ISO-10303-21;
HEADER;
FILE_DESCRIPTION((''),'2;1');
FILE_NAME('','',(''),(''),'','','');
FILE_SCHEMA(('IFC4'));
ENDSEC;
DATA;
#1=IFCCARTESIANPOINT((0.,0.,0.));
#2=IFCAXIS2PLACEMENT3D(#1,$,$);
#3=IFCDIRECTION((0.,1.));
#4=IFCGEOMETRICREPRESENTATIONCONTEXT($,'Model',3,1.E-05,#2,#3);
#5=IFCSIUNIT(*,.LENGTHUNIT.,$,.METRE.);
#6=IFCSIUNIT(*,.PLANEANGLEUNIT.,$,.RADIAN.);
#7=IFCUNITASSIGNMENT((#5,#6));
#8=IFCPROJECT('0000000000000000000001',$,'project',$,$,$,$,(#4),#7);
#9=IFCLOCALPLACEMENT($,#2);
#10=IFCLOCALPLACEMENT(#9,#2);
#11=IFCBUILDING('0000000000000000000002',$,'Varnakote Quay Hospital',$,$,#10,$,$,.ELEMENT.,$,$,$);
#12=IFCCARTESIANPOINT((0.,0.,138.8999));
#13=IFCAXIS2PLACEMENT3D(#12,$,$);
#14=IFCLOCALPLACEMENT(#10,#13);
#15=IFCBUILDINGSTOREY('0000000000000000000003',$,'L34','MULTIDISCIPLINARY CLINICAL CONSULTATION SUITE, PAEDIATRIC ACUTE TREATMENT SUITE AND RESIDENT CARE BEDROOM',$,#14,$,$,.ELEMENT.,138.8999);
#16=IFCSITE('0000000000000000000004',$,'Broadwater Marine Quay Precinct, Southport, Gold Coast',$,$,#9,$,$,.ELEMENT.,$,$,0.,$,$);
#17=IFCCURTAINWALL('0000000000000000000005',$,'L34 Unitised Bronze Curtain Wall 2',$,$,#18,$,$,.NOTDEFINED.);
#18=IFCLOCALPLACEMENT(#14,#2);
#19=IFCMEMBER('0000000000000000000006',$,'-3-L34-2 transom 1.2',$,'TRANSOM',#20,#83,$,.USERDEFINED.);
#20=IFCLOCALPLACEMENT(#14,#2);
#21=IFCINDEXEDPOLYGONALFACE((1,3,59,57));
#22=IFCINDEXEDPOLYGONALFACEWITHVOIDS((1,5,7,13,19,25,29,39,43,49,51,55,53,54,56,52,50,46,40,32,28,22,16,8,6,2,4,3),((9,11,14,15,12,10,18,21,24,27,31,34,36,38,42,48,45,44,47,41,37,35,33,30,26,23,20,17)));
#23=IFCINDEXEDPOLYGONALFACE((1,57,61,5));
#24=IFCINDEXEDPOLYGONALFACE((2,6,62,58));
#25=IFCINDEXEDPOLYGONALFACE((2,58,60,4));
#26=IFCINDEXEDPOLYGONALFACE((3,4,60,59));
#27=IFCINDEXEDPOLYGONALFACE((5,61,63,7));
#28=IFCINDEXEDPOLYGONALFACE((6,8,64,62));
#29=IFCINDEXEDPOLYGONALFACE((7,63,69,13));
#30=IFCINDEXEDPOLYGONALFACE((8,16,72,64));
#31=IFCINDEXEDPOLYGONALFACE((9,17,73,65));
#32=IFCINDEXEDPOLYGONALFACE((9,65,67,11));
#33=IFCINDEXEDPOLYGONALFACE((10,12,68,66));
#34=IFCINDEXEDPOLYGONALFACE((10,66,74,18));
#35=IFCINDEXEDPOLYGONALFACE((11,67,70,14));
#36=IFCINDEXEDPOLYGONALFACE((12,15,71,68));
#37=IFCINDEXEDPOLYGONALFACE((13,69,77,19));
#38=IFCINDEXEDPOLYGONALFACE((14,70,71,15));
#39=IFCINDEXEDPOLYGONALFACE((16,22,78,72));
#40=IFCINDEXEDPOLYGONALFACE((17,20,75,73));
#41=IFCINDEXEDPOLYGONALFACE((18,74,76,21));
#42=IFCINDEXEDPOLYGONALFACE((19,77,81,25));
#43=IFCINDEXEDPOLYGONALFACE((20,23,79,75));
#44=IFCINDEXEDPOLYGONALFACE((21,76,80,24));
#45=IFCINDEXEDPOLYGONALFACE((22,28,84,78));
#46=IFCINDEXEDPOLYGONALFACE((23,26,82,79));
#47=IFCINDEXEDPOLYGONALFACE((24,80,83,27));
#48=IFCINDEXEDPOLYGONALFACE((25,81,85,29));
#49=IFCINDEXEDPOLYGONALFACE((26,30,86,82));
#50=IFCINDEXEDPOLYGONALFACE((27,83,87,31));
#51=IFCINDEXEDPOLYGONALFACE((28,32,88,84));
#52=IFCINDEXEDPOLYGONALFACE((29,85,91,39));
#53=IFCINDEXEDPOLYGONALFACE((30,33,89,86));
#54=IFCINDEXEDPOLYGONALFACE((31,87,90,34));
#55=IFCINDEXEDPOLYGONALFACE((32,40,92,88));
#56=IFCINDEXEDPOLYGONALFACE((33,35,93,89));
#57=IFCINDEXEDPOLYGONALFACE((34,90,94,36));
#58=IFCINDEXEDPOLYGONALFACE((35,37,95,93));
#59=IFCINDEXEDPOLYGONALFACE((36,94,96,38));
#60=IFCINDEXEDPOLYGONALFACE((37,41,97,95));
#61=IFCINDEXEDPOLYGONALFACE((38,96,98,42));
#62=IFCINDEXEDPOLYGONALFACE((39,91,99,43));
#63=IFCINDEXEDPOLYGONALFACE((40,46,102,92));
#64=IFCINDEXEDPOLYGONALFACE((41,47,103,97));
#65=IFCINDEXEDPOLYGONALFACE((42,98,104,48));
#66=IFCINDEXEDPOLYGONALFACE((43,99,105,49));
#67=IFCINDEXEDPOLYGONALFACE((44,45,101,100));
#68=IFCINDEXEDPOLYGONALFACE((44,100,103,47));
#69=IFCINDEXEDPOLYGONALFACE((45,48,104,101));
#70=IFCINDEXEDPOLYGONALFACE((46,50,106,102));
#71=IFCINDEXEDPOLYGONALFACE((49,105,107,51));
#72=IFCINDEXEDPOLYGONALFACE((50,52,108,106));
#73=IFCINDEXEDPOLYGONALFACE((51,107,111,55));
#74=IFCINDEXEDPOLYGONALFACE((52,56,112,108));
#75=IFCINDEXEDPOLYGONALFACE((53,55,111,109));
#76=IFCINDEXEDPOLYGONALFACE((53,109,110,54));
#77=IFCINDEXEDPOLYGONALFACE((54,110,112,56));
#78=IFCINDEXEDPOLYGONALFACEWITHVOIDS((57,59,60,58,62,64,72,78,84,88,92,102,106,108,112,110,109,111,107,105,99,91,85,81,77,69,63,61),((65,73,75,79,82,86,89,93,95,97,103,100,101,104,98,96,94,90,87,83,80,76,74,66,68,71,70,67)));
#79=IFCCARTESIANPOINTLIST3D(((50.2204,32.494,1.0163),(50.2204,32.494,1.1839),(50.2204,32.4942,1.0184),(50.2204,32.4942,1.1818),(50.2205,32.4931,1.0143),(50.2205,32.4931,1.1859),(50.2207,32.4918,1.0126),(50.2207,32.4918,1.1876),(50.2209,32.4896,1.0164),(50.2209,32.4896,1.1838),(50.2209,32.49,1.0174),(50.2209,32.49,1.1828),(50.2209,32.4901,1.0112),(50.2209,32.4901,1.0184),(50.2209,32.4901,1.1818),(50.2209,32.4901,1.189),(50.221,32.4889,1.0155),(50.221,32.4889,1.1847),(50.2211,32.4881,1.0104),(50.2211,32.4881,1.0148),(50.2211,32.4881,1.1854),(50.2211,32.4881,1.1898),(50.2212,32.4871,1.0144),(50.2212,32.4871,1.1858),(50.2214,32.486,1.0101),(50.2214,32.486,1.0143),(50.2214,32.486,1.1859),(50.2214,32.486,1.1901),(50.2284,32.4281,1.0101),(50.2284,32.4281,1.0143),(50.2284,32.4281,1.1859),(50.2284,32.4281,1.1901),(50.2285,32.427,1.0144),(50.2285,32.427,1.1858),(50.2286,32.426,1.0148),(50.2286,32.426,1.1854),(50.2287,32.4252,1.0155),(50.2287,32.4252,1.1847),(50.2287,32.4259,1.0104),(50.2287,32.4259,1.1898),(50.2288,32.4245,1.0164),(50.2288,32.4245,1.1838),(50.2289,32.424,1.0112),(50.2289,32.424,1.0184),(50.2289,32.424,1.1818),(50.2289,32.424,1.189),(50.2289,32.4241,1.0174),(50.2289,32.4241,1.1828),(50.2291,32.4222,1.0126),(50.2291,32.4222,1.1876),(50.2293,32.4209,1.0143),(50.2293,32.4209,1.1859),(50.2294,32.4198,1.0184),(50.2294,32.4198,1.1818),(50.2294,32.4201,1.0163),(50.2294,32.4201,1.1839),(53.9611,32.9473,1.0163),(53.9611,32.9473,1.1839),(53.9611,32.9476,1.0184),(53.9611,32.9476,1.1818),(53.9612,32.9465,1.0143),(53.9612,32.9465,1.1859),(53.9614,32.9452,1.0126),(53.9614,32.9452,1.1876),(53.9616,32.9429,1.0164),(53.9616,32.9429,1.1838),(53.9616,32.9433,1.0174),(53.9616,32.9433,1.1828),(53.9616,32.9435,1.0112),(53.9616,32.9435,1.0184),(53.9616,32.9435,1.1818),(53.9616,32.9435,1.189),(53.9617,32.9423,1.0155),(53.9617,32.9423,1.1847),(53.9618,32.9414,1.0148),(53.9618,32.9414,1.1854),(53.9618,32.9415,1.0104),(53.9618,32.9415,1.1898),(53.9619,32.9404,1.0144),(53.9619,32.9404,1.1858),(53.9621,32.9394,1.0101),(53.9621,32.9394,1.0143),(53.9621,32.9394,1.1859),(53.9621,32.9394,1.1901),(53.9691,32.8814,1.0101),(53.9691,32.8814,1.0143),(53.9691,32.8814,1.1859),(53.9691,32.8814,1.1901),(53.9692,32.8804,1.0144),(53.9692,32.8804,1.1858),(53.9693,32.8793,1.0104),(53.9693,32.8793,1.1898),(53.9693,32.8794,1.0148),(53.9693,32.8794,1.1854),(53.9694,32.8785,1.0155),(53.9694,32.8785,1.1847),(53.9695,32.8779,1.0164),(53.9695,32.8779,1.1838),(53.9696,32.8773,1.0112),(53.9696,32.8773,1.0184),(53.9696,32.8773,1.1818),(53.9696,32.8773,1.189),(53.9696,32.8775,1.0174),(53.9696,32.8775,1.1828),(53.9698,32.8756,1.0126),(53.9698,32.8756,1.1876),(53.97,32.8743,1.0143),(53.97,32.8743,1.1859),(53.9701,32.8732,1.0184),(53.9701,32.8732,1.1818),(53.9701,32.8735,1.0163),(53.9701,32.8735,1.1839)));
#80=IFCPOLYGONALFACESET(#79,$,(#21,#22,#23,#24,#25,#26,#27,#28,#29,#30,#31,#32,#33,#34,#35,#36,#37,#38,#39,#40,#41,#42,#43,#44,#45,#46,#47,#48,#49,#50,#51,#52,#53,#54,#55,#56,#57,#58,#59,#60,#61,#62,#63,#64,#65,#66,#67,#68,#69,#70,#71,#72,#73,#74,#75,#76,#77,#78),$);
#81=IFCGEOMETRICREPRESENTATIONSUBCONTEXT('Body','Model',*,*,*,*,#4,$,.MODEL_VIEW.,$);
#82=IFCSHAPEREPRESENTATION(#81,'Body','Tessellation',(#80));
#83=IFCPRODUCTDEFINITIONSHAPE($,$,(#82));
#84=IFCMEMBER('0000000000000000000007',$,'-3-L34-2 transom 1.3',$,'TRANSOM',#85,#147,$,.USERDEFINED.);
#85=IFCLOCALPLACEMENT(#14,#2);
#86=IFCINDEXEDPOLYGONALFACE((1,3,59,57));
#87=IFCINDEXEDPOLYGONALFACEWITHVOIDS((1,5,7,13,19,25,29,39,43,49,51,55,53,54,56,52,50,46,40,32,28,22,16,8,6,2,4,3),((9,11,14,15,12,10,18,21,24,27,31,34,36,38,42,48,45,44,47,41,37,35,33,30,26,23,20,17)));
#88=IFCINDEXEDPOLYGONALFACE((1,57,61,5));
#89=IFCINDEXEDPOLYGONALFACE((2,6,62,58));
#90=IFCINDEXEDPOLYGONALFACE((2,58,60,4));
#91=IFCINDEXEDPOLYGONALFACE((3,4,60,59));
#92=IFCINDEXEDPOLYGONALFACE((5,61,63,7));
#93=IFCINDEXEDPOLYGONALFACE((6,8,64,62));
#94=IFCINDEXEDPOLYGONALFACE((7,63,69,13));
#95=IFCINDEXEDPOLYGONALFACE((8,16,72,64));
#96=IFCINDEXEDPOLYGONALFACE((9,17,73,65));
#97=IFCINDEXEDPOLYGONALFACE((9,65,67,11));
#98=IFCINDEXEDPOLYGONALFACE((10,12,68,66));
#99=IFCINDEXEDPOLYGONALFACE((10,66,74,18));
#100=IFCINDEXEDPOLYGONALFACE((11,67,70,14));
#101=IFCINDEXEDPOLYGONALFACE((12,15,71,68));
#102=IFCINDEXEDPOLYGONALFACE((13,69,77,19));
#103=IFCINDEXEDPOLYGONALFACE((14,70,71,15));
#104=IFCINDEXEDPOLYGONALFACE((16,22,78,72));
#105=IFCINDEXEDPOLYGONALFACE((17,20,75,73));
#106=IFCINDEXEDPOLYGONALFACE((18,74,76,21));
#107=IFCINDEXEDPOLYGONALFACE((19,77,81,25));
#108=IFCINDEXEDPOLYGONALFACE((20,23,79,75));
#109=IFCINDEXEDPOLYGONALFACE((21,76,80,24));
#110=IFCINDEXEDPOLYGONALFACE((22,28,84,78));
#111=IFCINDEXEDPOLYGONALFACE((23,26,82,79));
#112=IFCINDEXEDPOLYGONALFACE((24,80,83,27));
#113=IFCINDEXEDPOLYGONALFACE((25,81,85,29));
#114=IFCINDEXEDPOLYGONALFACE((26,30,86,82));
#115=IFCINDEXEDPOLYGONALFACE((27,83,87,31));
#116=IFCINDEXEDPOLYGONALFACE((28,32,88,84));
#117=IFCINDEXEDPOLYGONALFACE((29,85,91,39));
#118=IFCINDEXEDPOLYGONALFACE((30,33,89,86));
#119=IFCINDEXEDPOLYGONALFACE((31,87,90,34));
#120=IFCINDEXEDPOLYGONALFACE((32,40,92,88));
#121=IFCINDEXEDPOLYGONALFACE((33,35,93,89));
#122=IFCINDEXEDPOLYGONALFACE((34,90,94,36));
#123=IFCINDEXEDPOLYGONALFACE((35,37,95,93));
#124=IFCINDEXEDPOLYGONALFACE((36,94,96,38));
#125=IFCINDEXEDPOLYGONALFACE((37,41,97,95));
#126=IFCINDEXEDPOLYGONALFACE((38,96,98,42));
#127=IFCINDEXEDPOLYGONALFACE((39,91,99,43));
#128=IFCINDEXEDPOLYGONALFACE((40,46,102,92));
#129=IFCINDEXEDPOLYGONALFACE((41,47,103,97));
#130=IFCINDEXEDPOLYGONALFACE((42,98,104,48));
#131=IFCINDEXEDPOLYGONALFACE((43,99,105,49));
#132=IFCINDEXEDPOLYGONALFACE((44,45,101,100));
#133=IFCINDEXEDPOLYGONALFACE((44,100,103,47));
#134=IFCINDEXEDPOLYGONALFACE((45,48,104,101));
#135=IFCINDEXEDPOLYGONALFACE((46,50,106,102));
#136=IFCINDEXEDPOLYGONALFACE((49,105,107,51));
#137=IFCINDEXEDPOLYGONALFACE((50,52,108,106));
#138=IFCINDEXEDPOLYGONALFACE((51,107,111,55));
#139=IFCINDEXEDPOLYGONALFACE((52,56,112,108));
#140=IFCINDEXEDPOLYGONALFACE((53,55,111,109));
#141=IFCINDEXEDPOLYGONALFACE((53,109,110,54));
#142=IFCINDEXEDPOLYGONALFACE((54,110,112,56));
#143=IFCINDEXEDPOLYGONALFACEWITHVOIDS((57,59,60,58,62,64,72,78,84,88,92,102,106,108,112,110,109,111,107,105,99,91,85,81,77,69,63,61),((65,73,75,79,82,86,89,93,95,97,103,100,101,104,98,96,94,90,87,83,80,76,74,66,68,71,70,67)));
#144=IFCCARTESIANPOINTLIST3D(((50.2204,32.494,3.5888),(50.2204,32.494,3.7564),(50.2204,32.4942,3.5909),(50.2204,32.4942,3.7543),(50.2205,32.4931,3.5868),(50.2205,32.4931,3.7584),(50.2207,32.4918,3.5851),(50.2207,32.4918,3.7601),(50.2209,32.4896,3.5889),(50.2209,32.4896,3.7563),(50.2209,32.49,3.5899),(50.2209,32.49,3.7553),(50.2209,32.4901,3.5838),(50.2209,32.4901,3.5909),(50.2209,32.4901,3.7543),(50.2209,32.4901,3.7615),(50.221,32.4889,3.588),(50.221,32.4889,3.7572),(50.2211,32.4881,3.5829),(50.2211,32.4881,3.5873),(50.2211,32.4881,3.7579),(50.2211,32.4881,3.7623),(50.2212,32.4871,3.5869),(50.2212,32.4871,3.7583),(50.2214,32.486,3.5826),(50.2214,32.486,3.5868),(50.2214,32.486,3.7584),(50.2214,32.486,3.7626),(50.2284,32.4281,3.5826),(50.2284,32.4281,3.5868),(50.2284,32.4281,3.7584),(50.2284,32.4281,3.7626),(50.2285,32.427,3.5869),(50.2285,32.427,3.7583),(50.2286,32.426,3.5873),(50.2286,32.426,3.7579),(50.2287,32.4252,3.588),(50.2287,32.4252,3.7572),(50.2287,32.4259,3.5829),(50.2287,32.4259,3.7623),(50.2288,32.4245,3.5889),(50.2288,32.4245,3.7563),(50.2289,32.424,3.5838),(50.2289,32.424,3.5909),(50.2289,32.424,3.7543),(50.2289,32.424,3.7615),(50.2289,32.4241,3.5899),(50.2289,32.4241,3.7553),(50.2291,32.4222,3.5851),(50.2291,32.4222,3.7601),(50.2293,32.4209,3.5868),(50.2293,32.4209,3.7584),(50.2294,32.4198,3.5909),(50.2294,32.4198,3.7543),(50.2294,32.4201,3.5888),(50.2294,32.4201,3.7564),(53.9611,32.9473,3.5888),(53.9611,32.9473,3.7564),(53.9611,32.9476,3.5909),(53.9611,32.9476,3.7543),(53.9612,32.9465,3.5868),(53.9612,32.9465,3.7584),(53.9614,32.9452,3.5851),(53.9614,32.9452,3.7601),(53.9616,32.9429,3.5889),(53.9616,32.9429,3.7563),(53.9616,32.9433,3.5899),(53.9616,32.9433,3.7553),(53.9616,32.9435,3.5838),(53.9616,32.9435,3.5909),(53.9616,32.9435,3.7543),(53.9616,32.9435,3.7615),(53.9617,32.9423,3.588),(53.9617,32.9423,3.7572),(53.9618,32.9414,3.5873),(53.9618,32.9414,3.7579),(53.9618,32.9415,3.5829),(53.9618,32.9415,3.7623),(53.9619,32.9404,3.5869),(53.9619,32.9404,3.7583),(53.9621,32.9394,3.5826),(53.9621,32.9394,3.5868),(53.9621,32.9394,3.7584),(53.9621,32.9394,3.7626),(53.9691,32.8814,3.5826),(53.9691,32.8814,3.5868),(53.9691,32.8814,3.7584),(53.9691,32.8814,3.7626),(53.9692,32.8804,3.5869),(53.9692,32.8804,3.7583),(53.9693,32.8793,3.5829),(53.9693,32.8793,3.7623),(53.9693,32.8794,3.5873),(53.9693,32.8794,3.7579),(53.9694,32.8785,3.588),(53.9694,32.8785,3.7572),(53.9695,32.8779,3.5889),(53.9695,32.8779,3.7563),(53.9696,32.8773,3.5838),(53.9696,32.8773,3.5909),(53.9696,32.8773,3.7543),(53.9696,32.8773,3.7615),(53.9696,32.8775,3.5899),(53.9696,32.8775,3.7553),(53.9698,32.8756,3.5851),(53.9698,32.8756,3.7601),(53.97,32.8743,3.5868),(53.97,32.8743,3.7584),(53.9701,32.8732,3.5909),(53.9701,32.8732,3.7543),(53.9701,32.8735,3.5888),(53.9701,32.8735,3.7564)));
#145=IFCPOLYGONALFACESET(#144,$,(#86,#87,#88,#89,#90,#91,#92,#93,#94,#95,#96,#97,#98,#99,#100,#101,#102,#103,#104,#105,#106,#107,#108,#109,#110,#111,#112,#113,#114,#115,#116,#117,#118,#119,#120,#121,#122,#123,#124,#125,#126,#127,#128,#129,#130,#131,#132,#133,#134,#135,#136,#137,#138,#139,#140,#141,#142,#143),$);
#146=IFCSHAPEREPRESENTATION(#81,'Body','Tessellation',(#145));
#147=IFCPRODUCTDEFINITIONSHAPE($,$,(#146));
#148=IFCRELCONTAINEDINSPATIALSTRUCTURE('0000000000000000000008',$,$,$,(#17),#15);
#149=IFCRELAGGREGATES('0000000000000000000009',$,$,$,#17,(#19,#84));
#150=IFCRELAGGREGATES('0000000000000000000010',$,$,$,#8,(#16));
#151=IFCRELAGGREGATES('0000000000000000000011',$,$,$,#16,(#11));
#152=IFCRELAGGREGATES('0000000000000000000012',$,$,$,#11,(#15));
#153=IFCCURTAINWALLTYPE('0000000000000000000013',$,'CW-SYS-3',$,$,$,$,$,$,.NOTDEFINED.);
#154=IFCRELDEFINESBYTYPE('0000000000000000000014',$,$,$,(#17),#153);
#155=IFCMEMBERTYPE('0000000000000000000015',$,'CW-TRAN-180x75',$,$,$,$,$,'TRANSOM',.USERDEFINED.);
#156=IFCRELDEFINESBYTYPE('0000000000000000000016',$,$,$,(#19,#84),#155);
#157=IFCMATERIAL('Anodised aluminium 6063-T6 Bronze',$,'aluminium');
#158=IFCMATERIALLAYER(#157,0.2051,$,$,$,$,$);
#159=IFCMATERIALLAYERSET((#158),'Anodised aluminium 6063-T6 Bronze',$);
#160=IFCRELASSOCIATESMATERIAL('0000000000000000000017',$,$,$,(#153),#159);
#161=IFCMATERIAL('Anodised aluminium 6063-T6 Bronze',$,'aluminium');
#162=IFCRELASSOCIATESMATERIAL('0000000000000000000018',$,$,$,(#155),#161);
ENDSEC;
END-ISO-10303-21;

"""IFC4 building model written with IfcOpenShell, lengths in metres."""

from ifc_helpers import new_model, si_unit, direction, frame, origin, origin_2d, place, context, subcontext, project, spatial, hollow_rectangle, extrude, material, layer, layer_set, material_profile, profile_set, type_object, element, aggregate, save


model = new_model("IFC4")

# Units and contexts
model_context = context("Model", 3, precision=1e-05, world=origin(), true_north=direction((0.0, 1.0)))
body_context = subcontext(model_context, "Body", "Model", "MODEL_VIEW")
ifc_project = project(units=[si_unit("LENGTHUNIT", "METRE"), si_unit("PLANEANGLEUNIT", "RADIAN")], contexts=[model_context])

# Site, building, storey
site_placement = place(None, origin())
site = spatial("IfcSite", under=ifc_project, at=site_placement, Name="Broadwater Marine Quay Precinct, Southport, Gold Coast", CompositionType="ELEMENT", RefElevation=0.0)
building_placement = place(site_placement, origin())
building = spatial("IfcBuilding", under=site, at=building_placement, Name="Varnakote Quay Hospital", CompositionType="ELEMENT")
storey_placement = place(building_placement, frame((0.0, 0.0, 138.8999)))
storey = spatial("IfcBuildingStorey", under=building, at=storey_placement, Name="L34", Description="MULTIDISCIPLINARY CLINICAL CONSULTATION SUITE, PAEDIATRIC ACUTE TREATMENT SUITE AND RESIDENT CARE BEDROOM", CompositionType="ELEMENT", Elevation=138.8999)

# Shared definitions
ifc_material_1 = material(Name="Anodised aluminium 6063-T6 Bronze", Category="aluminium")
ifc_layer_1 = layer(ifc_material_1, 0.2051)
ifc_layer_set_1 = layer_set([ifc_layer_1], Name="Anodised aluminium 6063-T6 Bronze")
curtain_wall_type = type_object("IfcCurtainWallType", Name="CW-SYS-3", PredefinedType="NOTDEFINED", material=ifc_layer_set_1)

# Curtain wall, members
curtain_wall_1_placement = place(storey_placement, origin())
curtain_wall_1 = element("IfcCurtainWall", 1, at=curtain_wall_1_placement, inside=storey, type_object=curtain_wall_type, Name="L34 Unitised Bronze Curtain Wall 2", PredefinedType="NOTDEFINED")
ifc_material_2 = material(Name="Anodised aluminium 6063-T6 Bronze", Category="aluminium")
ifc_material_profile_1 = material_profile(ifc_material_2, hollow_rectangle(XDim=0.075, YDim=0.1799, WallThickness=0.0042, InnerFilletRadius=0.0042, OuterFilletRadius=0.0083, at=origin_2d()), Name="CW-TRAN-180x75")
ifc_profile_set_1 = profile_set([ifc_material_profile_1], Name="Anodised aluminium 6063-T6 Bronze")
member_type_1 = type_object("IfcMemberType", Name="CW-TRAN-180x75", ElementType="TRANSOM", PredefinedType="USERDEFINED", material=ifc_profile_set_1)
member_1_placement = place(storey_placement, frame((53.9656, 32.9104, 1.1001), z_axis=(-0.992735, -0.120318, 0.0), x_axis=(0.120318, -0.992735, 0.0)))
member_1 = element("IfcMember", 2, at=member_1_placement, type_object=member_type_1, Name="-3-L34-2 transom 1.2", ObjectType="TRANSOM", PredefinedType="USERDEFINED", context=body_context, shape_type="SweptSolid", body=[
    extrude(hollow_rectangle(XDim=0.075, YDim=0.1799, WallThickness=0.0042, InnerFilletRadius=0.0042, OuterFilletRadius=0.0083, at=origin_2d()), origin(), (0.0, 0.0, 1.0), 3.7681),
])
member_2_placement = place(storey_placement, frame((53.9656, 32.9104, 3.6726), z_axis=(-0.992735, -0.120318, 0.0), x_axis=(0.120318, -0.992735, 0.0)))
member_2 = element("IfcMember", 3, at=member_2_placement, type_object=member_type_1, Name="-3-L34-2 transom 1.3", ObjectType="TRANSOM", PredefinedType="USERDEFINED", context=body_context, shape_type="SweptSolid", body=[
    extrude(hollow_rectangle(XDim=0.075, YDim=0.1799, WallThickness=0.0042, InnerFilletRadius=0.0042, OuterFilletRadius=0.0083, at=origin_2d()), origin(), (0.0, 0.0, 1.0), 3.7681),
])

aggregate(curtain_wall_1, [member_1, member_2])

save(model, "model.ifc")
